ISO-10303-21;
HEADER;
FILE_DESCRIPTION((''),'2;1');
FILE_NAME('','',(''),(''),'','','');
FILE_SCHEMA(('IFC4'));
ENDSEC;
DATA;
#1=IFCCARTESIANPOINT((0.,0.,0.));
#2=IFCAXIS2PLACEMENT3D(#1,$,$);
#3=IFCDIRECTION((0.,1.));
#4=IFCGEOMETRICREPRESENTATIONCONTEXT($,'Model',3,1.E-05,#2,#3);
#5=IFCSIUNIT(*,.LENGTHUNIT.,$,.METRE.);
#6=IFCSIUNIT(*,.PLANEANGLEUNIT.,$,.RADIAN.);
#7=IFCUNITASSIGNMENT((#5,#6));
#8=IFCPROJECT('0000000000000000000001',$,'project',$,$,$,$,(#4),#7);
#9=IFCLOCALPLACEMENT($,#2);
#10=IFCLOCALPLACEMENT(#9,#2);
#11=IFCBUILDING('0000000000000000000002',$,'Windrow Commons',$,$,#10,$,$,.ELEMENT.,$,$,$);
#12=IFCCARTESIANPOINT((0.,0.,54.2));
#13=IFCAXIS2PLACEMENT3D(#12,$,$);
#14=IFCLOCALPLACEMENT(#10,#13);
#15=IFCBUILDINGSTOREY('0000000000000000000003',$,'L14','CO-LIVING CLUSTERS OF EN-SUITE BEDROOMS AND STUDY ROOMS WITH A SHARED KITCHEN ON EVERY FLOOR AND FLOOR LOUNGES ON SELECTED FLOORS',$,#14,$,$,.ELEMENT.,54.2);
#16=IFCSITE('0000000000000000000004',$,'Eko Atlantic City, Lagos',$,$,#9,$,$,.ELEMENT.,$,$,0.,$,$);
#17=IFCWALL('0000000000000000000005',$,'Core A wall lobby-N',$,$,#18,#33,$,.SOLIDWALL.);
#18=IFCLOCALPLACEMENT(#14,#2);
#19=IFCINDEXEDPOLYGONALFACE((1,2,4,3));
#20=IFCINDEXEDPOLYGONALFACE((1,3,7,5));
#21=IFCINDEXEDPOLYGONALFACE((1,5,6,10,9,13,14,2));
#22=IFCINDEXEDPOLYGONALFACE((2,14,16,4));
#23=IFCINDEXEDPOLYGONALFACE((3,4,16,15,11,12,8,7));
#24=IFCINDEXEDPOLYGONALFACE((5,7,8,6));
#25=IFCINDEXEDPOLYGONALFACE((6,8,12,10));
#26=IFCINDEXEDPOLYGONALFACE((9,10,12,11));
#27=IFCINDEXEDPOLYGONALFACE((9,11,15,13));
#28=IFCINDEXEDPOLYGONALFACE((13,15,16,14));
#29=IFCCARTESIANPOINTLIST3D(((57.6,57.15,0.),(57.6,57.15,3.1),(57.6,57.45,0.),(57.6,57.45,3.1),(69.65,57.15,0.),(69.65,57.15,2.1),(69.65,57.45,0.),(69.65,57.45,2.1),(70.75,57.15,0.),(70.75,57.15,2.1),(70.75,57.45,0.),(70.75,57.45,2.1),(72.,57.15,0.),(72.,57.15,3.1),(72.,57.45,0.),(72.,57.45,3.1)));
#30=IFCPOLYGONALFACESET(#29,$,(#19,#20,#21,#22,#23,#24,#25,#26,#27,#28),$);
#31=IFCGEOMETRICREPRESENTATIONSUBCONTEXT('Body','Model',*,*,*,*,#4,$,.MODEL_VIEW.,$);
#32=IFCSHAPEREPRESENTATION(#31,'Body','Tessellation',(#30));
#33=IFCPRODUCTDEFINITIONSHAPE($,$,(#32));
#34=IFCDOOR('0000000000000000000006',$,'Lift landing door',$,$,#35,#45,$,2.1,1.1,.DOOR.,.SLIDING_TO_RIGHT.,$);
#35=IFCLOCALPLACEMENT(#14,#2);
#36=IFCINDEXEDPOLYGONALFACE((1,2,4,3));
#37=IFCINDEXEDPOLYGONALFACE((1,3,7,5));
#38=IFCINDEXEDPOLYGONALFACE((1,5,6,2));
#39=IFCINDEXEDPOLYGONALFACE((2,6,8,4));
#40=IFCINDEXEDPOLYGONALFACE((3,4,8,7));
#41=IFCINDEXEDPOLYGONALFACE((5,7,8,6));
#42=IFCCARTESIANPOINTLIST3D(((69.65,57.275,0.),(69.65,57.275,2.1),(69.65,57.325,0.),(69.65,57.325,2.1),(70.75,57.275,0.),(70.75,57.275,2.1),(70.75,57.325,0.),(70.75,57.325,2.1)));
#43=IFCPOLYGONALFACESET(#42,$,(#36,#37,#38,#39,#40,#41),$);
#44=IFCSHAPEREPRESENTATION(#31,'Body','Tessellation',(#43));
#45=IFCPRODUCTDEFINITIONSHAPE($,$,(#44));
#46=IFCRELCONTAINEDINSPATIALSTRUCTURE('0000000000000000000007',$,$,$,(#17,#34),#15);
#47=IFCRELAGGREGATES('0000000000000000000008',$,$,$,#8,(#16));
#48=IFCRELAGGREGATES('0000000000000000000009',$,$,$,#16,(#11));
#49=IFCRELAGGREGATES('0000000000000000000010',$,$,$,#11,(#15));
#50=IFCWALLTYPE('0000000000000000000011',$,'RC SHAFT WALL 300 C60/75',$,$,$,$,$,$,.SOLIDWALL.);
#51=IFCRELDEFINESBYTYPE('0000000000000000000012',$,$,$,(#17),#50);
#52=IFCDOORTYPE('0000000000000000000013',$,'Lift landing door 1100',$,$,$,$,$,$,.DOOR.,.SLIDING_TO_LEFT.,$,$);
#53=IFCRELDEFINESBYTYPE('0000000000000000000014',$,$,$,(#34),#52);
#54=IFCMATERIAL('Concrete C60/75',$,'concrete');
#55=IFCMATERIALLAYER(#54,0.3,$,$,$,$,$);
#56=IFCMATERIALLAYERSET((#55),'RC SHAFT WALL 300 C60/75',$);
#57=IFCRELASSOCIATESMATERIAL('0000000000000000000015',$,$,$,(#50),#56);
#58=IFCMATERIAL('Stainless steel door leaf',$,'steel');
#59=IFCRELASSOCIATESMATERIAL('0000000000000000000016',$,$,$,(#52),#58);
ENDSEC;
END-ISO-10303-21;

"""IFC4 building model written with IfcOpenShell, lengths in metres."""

from ifc_helpers import new_model, si_unit, direction, frame, frame_2d, origin, place, context, subcontext, project, spatial, rectangle, extrude, material, layer, layer_set, type_object, element, fill, save


model = new_model("IFC4")

# Units and contexts
model_context = context("Model", 3, precision=1e-05, world=origin(), true_north=direction((0.0, 1.0)))
body_context = subcontext(model_context, "Body", "Model", "MODEL_VIEW")
ifc_project = project(units=[si_unit("LENGTHUNIT", "METRE"), si_unit("PLANEANGLEUNIT", "RADIAN")], contexts=[model_context])

# Site, building, storey
site_placement = place(None, origin())
site = spatial("IfcSite", under=ifc_project, at=site_placement, Name="Eko Atlantic City, Lagos", CompositionType="ELEMENT", RefElevation=0.0)
building_placement = place(site_placement, origin())
building = spatial("IfcBuilding", under=site, at=building_placement, Name="Windrow Commons", CompositionType="ELEMENT")
storey_placement = place(building_placement, frame((0.0, 0.0, 54.2)))
storey = spatial("IfcBuildingStorey", under=building, at=storey_placement, Name="L14", Description="CO-LIVING CLUSTERS OF EN-SUITE BEDROOMS AND STUDY ROOMS WITH A SHARED KITCHEN ON EVERY FLOOR AND FLOOR LOUNGES ON SELECTED FLOORS", CompositionType="ELEMENT", Elevation=54.2)

# Shared definitions
ifc_material_1 = material(Name="Concrete C60/75", Category="concrete")
ifc_layer_1 = layer(ifc_material_1, 0.3)
ifc_layer_set_1 = layer_set([ifc_layer_1], Name="RC SHAFT WALL 300 C60/75")
wall_type_1 = type_object("IfcWallType", Name="RC SHAFT WALL 300 C60/75", PredefinedType="SOLIDWALL", material=ifc_layer_set_1)

# Shared definitions
ifc_material_2 = material(Name="Stainless steel door leaf", Category="steel")
door_type_1 = type_object("IfcDoorType", Name="Lift landing door 1100", OperationType="SLIDING_TO_LEFT", PredefinedType="DOOR", material=ifc_material_2)

# Wall, opening, door
wall_1_placement = place(storey_placement, frame((57.6, 57.3, 0.0), z_axis=(0.0, 0.0, 1.0), x_axis=(1.0, 0.0, 0.0)))
wall_1 = element("IfcWall", 1, at=wall_1_placement, inside=storey, type_object=wall_type_1, Name="Core A wall lobby-N", PredefinedType="SOLIDWALL", context=body_context, shape_type="SweptSolid", body=[
    extrude(rectangle(XDim=14.4, YDim=0.3, at=frame_2d((7.2, 0.0))), origin(), (0.0, 0.0, 1.0), 3.1),
])
opening_1_placement = place(wall_1_placement, frame((12.05, 0.0, 0.0)))
opening_1 = element("IfcOpeningElement", 2, at=opening_1_placement, cuts=wall_1, PredefinedType="OPENING", context=body_context, shape_type="SweptSolid", body=[
    extrude(rectangle(XDim=1.1, YDim=2.1, at=frame_2d((0.55, 1.05))), frame((0.0, 0.16, 0.0), z_axis=(0.0, -1.0, 0.0), x_axis=(1.0, 0.0, 0.0)), (0.0, 0.0, 1.0), 0.32),
])
door_1_placement = place(opening_1_placement, origin())
door_1 = element("IfcDoor", 3, at=door_1_placement, inside=storey, type_object=door_type_1, Name="Lift landing door", OperationType="SLIDING_TO_RIGHT", OverallHeight=2.1, OverallWidth=1.1, PredefinedType="DOOR", context=body_context, shape_type="SweptSolid", body=[
    extrude(rectangle(XDim=1.1, YDim=2.1, at=frame_2d((0.55, 1.05))), frame((0.0, 0.025, 0.0), z_axis=(0.0, -1.0, 0.0), x_axis=(1.0, 0.0, 0.0)), (0.0, 0.0, 1.0), 0.05),
])
fill(opening_1, door_1)

save(model, "model.ifc")
